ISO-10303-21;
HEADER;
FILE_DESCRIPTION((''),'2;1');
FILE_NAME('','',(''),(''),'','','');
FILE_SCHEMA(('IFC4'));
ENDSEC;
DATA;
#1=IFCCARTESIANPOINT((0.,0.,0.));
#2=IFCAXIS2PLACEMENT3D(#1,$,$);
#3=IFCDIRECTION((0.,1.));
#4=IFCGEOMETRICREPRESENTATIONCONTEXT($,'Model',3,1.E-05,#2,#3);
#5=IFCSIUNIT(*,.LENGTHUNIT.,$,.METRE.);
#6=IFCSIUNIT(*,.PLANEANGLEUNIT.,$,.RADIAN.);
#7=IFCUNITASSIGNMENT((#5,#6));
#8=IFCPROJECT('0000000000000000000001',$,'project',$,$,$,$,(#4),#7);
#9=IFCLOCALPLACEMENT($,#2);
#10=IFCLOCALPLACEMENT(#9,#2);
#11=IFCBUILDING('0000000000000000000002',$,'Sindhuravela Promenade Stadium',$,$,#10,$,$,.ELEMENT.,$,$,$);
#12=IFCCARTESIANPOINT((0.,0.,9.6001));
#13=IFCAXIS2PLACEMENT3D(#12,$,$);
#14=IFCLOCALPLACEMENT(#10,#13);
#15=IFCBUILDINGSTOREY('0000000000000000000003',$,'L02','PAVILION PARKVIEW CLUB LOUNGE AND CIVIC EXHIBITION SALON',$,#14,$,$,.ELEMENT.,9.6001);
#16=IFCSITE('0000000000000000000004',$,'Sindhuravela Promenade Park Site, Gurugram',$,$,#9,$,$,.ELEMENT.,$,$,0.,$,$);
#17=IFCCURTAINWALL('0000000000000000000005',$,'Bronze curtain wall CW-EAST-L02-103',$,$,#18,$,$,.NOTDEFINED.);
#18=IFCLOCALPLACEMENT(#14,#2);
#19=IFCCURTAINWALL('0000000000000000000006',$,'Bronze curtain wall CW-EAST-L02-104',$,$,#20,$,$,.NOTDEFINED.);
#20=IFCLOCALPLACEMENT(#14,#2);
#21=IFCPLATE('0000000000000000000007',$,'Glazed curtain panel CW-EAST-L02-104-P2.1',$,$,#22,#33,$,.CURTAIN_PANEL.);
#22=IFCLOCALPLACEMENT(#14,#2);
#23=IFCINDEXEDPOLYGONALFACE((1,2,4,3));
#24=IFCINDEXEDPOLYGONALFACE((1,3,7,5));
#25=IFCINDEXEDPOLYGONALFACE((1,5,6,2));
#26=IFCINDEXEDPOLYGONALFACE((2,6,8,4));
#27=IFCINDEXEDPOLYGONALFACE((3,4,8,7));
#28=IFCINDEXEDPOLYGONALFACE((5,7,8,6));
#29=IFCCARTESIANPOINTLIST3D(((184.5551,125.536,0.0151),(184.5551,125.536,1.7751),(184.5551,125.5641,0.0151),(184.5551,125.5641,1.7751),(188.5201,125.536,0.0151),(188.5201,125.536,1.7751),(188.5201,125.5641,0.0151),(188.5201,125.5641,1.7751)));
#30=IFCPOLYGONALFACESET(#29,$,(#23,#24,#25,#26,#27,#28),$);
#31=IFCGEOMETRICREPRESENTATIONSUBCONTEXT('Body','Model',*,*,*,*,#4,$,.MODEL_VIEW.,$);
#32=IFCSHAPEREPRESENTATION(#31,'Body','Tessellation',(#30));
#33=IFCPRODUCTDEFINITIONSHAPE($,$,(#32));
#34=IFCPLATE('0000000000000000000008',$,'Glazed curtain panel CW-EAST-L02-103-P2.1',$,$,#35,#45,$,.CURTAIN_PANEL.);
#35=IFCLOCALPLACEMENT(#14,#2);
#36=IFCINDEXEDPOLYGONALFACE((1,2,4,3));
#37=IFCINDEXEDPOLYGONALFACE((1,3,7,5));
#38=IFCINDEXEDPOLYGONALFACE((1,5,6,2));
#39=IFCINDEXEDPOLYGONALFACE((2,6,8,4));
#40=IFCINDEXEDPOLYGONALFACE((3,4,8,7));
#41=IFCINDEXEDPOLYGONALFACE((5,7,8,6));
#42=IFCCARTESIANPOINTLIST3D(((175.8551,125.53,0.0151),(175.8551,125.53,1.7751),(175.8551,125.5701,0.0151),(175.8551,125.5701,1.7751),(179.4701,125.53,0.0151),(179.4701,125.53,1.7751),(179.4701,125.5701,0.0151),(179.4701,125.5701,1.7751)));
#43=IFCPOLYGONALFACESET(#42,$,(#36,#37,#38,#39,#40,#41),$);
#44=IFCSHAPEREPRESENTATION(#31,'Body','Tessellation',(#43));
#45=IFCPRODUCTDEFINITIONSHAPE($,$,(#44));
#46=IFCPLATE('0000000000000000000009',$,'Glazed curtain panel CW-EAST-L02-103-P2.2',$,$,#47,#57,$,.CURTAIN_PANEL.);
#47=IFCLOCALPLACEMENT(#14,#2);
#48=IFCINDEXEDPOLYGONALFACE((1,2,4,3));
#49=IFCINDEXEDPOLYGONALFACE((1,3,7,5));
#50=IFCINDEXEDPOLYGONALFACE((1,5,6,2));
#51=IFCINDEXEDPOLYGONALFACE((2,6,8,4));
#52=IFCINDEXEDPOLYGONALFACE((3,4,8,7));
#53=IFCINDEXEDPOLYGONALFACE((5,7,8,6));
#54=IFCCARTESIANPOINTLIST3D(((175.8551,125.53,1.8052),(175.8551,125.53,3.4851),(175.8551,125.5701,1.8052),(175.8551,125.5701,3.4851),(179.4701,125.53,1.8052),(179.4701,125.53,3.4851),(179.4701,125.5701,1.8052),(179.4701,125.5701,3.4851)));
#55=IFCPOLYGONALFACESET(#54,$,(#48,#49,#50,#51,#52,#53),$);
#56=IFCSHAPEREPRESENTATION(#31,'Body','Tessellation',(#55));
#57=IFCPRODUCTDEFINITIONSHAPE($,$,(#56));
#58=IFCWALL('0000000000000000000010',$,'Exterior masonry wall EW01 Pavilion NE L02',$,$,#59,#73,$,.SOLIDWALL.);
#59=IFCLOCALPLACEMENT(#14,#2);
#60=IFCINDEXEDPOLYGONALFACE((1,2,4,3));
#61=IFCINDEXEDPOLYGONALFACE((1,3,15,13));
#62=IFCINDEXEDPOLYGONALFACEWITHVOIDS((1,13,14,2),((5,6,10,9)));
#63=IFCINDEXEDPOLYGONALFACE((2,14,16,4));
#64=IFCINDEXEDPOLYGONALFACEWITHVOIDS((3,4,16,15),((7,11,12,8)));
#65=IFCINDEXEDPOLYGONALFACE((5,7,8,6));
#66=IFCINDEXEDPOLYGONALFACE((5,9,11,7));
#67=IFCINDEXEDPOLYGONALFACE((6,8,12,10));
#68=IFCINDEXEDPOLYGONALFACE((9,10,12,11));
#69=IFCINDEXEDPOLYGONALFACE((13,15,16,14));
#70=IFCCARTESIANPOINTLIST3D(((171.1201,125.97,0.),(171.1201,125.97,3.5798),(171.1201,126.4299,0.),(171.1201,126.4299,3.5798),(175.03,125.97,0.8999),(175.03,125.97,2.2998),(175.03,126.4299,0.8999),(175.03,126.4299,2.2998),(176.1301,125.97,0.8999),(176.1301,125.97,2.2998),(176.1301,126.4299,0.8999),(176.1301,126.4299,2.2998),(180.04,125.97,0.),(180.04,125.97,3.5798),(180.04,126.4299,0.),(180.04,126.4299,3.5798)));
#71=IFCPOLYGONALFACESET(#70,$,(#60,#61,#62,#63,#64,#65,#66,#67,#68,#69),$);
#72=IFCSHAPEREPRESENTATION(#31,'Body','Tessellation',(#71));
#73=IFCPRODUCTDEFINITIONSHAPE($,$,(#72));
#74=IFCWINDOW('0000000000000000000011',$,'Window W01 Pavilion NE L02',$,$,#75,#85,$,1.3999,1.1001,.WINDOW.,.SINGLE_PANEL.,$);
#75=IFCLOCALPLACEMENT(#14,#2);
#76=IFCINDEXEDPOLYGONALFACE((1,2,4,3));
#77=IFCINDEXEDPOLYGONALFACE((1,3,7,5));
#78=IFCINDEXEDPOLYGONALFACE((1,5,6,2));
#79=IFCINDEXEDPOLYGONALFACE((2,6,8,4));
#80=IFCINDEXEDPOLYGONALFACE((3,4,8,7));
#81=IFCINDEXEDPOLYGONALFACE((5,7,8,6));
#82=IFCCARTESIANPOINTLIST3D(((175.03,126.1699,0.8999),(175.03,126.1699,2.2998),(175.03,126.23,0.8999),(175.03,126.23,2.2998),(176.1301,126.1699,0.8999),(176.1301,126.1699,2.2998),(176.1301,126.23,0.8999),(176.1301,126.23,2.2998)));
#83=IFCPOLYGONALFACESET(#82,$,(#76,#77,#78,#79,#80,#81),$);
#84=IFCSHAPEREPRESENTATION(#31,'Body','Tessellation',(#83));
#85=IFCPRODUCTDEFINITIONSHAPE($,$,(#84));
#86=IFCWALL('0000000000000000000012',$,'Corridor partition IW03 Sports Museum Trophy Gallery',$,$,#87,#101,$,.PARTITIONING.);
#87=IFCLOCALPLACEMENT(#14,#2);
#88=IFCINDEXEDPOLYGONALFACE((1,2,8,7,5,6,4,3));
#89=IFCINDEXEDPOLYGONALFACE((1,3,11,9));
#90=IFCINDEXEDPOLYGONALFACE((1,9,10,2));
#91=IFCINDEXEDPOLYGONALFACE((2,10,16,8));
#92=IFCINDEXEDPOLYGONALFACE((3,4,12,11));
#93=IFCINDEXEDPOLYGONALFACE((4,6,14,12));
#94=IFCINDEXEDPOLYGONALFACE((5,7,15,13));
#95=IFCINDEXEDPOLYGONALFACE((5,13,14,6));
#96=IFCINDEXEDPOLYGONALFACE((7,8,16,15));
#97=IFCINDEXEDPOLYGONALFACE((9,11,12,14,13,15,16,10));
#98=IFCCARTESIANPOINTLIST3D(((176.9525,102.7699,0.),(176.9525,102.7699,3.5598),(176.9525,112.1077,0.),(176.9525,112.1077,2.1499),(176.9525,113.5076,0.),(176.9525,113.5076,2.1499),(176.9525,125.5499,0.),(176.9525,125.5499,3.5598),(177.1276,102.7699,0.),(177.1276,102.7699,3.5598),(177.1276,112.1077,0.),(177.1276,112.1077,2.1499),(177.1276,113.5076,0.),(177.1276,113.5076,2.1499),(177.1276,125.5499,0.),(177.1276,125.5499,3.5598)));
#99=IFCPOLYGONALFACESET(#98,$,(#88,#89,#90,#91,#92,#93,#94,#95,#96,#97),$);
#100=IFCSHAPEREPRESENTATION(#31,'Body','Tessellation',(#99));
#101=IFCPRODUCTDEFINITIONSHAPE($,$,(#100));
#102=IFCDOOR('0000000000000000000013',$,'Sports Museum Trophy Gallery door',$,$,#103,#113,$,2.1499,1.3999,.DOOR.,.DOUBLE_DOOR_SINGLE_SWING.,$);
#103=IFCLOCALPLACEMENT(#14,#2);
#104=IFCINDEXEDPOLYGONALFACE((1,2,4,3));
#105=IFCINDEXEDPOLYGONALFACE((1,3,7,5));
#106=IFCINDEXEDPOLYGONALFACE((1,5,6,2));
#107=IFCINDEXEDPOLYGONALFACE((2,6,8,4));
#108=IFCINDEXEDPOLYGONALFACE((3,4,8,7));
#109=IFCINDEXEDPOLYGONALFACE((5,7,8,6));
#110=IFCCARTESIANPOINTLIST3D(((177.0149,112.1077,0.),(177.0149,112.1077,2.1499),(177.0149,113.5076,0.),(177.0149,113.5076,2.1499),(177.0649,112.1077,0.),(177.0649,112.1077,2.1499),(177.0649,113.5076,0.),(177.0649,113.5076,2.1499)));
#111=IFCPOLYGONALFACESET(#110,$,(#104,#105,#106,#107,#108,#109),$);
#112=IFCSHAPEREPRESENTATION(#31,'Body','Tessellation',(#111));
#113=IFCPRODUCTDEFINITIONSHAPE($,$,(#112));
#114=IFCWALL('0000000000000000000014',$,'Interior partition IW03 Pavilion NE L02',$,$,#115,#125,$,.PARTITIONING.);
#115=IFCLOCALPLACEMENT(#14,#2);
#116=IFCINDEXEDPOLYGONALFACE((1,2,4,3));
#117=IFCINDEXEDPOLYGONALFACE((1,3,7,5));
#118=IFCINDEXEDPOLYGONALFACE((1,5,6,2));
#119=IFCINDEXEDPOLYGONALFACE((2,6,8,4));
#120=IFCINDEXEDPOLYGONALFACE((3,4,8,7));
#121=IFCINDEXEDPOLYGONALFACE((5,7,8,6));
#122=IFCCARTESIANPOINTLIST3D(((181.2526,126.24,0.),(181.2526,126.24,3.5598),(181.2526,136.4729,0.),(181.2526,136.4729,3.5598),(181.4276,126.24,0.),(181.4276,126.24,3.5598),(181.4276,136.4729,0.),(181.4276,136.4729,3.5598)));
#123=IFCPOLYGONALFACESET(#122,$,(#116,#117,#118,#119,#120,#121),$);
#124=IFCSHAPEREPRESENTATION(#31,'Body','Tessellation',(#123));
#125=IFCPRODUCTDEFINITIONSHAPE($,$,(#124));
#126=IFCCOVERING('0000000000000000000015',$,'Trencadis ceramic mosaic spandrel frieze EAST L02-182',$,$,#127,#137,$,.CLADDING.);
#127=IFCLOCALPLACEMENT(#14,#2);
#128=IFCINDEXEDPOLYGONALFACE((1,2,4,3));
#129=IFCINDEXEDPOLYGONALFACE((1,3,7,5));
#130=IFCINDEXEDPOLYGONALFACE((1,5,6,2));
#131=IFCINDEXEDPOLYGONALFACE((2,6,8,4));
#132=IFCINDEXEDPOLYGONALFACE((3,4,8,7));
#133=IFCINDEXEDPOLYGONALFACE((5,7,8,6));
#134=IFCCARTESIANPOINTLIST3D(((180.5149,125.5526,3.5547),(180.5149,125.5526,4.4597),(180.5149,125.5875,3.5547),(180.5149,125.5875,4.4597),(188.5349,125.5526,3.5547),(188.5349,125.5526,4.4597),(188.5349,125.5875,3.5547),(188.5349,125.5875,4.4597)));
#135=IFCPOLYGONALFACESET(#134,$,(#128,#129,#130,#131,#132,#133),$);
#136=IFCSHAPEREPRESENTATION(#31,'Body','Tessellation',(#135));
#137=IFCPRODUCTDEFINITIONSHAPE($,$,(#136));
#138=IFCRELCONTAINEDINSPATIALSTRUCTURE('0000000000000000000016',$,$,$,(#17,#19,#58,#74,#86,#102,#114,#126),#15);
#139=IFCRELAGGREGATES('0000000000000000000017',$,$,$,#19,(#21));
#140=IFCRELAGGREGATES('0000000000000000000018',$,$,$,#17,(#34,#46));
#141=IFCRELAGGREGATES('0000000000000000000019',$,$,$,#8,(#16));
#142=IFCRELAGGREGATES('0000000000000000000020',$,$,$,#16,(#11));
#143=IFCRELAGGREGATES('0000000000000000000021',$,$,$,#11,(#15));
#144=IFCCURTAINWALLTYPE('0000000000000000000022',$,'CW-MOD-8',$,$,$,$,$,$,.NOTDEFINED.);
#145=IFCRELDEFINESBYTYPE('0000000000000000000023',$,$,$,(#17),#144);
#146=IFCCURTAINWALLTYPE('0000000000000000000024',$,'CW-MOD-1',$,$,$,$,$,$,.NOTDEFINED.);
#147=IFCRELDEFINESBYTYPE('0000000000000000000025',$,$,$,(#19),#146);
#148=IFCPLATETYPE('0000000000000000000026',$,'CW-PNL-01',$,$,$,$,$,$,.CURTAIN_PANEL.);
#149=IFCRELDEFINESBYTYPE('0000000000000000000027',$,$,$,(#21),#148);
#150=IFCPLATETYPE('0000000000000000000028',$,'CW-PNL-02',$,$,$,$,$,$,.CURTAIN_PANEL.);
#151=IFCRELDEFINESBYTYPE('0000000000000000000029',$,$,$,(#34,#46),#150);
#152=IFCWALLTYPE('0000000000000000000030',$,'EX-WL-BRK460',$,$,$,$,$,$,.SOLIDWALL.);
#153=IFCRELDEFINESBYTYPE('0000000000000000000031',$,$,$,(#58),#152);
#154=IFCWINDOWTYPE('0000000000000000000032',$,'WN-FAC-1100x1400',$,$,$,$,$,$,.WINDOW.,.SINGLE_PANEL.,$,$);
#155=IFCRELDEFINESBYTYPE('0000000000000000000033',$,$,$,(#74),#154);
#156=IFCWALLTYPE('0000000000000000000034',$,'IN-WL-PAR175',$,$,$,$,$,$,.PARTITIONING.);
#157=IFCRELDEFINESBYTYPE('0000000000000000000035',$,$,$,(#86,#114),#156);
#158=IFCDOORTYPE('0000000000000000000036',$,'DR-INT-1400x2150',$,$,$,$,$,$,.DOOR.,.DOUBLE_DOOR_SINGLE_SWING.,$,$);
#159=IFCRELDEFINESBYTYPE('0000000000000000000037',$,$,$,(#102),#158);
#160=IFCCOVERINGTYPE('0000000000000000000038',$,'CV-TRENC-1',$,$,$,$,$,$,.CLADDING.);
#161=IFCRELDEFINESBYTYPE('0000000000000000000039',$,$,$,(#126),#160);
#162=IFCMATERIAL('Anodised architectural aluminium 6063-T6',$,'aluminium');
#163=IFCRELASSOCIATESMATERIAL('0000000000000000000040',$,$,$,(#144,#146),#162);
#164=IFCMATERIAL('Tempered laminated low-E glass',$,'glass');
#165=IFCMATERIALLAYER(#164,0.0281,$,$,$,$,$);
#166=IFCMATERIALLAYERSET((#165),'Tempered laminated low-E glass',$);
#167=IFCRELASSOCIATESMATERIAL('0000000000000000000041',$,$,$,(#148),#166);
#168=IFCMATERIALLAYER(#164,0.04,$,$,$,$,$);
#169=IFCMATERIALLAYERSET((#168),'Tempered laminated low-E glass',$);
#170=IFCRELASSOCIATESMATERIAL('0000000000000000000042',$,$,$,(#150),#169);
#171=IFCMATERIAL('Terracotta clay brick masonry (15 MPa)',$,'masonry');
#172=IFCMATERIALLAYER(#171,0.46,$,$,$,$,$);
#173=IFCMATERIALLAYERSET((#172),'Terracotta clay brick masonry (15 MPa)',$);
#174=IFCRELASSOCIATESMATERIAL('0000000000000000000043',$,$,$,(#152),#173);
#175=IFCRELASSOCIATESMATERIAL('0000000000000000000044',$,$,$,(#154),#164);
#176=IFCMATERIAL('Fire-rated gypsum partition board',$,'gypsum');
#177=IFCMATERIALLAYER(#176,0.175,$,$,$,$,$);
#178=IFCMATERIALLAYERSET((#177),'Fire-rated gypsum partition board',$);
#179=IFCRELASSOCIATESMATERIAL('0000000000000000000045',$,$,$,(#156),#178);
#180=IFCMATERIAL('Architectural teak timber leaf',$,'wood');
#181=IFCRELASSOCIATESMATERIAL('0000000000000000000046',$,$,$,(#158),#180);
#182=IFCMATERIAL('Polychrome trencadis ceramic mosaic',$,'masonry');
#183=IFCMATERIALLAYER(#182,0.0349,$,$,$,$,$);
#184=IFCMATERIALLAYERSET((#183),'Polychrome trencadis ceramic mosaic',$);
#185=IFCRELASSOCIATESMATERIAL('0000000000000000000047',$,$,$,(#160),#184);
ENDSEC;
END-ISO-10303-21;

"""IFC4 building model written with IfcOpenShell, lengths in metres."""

from ifc_helpers import new_model, si_unit, direction, frame, frame_2d, origin, origin_2d, place, context, subcontext, project, spatial, rectangle, extrude, material, layer, layer_set, type_object, element, fill, aggregate, save


model = new_model("IFC4")

# Units and contexts
model_context = context("Model", 3, precision=1e-05, world=origin(), true_north=direction((0.0, 1.0)))
body_context = subcontext(model_context, "Body", "Model", "MODEL_VIEW")
ifc_project = project(units=[si_unit("LENGTHUNIT", "METRE"), si_unit("PLANEANGLEUNIT", "RADIAN")], contexts=[model_context])

# Site, building, storey
site_placement = place(None, origin())
site = spatial("IfcSite", under=ifc_project, at=site_placement, Name="Sindhuravela Promenade Park Site, Gurugram", CompositionType="ELEMENT", RefElevation=0.0)
building_placement = place(site_placement, origin())
building = spatial("IfcBuilding", under=site, at=building_placement, Name="Sindhuravela Promenade Stadium", CompositionType="ELEMENT")
storey_placement = place(building_placement, frame((0.0, 0.0, 9.6001)))
storey = spatial("IfcBuildingStorey", under=building, at=storey_placement, Name="L02", Description="PAVILION PARKVIEW CLUB LOUNGE AND CIVIC EXHIBITION SALON", CompositionType="ELEMENT", Elevation=9.6001)

# Curtain wall
ifc_material_1 = material(Name="Anodised architectural aluminium 6063-T6", Category="aluminium")
curtain_wall_type_1 = type_object("IfcCurtainWallType", Name="CW-MOD-8", PredefinedType="NOTDEFINED", material=ifc_material_1)
curtain_wall_1_placement = place(storey_placement, origin())
curtain_wall_1 = element("IfcCurtainWall", 1, at=curtain_wall_1_placement, inside=storey, type_object=curtain_wall_type_1, Name="Bronze curtain wall CW-EAST-L02-103", PredefinedType="NOTDEFINED")

# Curtain wall
curtain_wall_type_2 = type_object("IfcCurtainWallType", Name="CW-MOD-1", PredefinedType="NOTDEFINED", material=ifc_material_1)
curtain_wall_2_placement = place(storey_placement, origin())
curtain_wall_2 = element("IfcCurtainWall", 2, at=curtain_wall_2_placement, inside=storey, type_object=curtain_wall_type_2, Name="Bronze curtain wall CW-EAST-L02-104", PredefinedType="NOTDEFINED")

# Plates
ifc_material_2 = material(Name="Tempered laminated low-E glass", Category="glass")
ifc_layer_1 = layer(ifc_material_2, 0.0281)
ifc_layer_set_1 = layer_set([ifc_layer_1], Name="Tempered laminated low-E glass")
plate_type_1 = type_object("IfcPlateType", Name="CW-PNL-01", PredefinedType="CURTAIN_PANEL", material=ifc_layer_set_1)
plate_1_placement = place(storey_placement, frame((186.5376, 125.55, 0.0151), z_axis=(0.0, 0.0, 1.0), x_axis=(1.0, 0.0, 0.0)))
plate_1 = element("IfcPlate", 3, at=plate_1_placement, type_object=plate_type_1, Name="Glazed curtain panel CW-EAST-L02-104-P2.1", PredefinedType="CURTAIN_PANEL", context=body_context, shape_type="SweptSolid", body=[
    extrude(rectangle(XDim=3.9651, YDim=0.0281, at=origin_2d()), origin(), (0.0, 0.0, 1.0), 1.76),
])
aggregate(curtain_wall_2, [plate_1])
ifc_layer_2 = layer(ifc_material_2, 0.04)
ifc_layer_set_2 = layer_set([ifc_layer_2], Name="Tempered laminated low-E glass")
plate_type_2 = type_object("IfcPlateType", Name="CW-PNL-02", PredefinedType="CURTAIN_PANEL", material=ifc_layer_set_2)
plate_2_placement = place(storey_placement, frame((177.6626, 125.55, 0.0151), z_axis=(0.0, 0.0, 1.0), x_axis=(1.0, 0.0, 0.0)))
plate_2 = element("IfcPlate", 4, at=plate_2_placement, type_object=plate_type_2, Name="Glazed curtain panel CW-EAST-L02-103-P2.1", PredefinedType="CURTAIN_PANEL", context=body_context, shape_type="SweptSolid", body=[
    extrude(rectangle(XDim=3.615, YDim=0.04, at=origin_2d()), origin(), (0.0, 0.0, 1.0), 1.76),
])
plate_3_placement = place(storey_placement, frame((177.6626, 125.55, 1.8052), z_axis=(0.0, 0.0, 1.0), x_axis=(1.0, 0.0, 0.0)))
plate_3 = element("IfcPlate", 5, at=plate_3_placement, type_object=plate_type_2, Name="Glazed curtain panel CW-EAST-L02-103-P2.2", PredefinedType="CURTAIN_PANEL", context=body_context, shape_type="SweptSolid", body=[
    extrude(rectangle(XDim=3.615, YDim=0.04, at=origin_2d()), origin(), (0.0, 0.0, 1.0), 1.6799),
])
aggregate(curtain_wall_1, [plate_2, plate_3])

# Wall, opening, window
ifc_material_3 = material(Name="Terracotta clay brick masonry (15 MPa)", Category="masonry")
ifc_layer_3 = layer(ifc_material_3, 0.46)
ifc_layer_set_3 = layer_set([ifc_layer_3], Name="Terracotta clay brick masonry (15 MPa)")
wall_type_1 = type_object("IfcWallType", Name="EX-WL-BRK460", PredefinedType="SOLIDWALL", material=ifc_layer_set_3)
wall_1_placement = place(storey_placement, frame((180.04, 126.2, 0.0), z_axis=(0.0, 0.0, 1.0), x_axis=(-1.0, 0.0, 0.0)))
wall_1 = element("IfcWall", 6, at=wall_1_placement, inside=storey, type_object=wall_type_1, Name="Exterior masonry wall EW01 Pavilion NE L02", PredefinedType="SOLIDWALL", context=body_context, shape_type="SweptSolid", body=[
    extrude(rectangle(XDim=8.9199, YDim=0.46, at=frame_2d((4.46, 0.0))), origin(), (0.0, 0.0, 1.0), 3.5798),
])
opening_1_placement = place(wall_1_placement, frame((3.9099, 0.0, 0.8999)))
opening_1 = element("IfcOpeningElement", 7, at=opening_1_placement, cuts=wall_1, PredefinedType="OPENING", context=body_context, shape_type="SweptSolid", body=[
    extrude(rectangle(XDim=1.1001, YDim=1.3999, at=frame_2d((0.55, 0.7))), frame((0.0, 0.24, 0.0), z_axis=(0.0, -1.0, 0.0), x_axis=(1.0, 0.0, 0.0)), (0.0, 0.0, 1.0), 0.48),
])
window_type = type_object("IfcWindowType", Name="WN-FAC-1100x1400", PartitioningType="SINGLE_PANEL", PredefinedType="WINDOW", material=ifc_material_2)
window_placement = place(opening_1_placement, origin())
window = element("IfcWindow", 8, at=window_placement, inside=storey, type_object=window_type, Name="Window W01 Pavilion NE L02", OverallHeight=1.3999, OverallWidth=1.1001, PartitioningType="SINGLE_PANEL", PredefinedType="WINDOW", context=body_context, shape_type="SweptSolid", body=[
    extrude(rectangle(XDim=1.1001, YDim=1.3999, at=frame_2d((0.55, 0.7))), frame((0.0, 0.03, 0.0), z_axis=(0.0, -1.0, 0.0), x_axis=(1.0, 0.0, 0.0)), (0.0, 0.0, 1.0), 0.0601),
])
fill(opening_1, window)

# Wall, opening, door
ifc_material_4 = material(Name="Fire-rated gypsum partition board", Category="gypsum")
ifc_layer_4 = layer(ifc_material_4, 0.175)
ifc_layer_set_4 = layer_set([ifc_layer_4], Name="Fire-rated gypsum partition board")
wall_type_2 = type_object("IfcWallType", Name="IN-WL-PAR175", PredefinedType="PARTITIONING", material=ifc_layer_set_4)
wall_2_placement = place(storey_placement, frame((177.04, 125.55, 0.0), z_axis=(0.0, 0.0, 1.0), x_axis=(0.0, -1.0, 0.0)))
wall_2 = element("IfcWall", 9, at=wall_2_placement, inside=storey, type_object=wall_type_2, Name="Corridor partition IW03 Sports Museum Trophy Gallery", PredefinedType="PARTITIONING", context=body_context, shape_type="SweptSolid", body=[
    extrude(rectangle(XDim=22.78, YDim=0.175, at=frame_2d((11.3901, 0.0))), origin(), (0.0, 0.0, 1.0), 3.5598),
])
opening_2_placement = place(wall_2_placement, frame((12.0425, 0.0, 0.0)))
opening_2 = element("IfcOpeningElement", 10, at=opening_2_placement, cuts=wall_2, PredefinedType="OPENING", context=body_context, shape_type="SweptSolid", body=[
    extrude(rectangle(XDim=1.3999, YDim=2.1499, at=frame_2d((0.7, 1.075))), frame((0.0, 0.0974, 0.0), z_axis=(0.0, -1.0, 0.0), x_axis=(1.0, 0.0, 0.0)), (0.0, 0.0, 1.0), 0.1951),
])
ifc_material_5 = material(Name="Architectural teak timber leaf", Category="wood")
door_type = type_object("IfcDoorType", Name="DR-INT-1400x2150", OperationType="DOUBLE_DOOR_SINGLE_SWING", PredefinedType="DOOR", material=ifc_material_5)
door_placement = place(opening_2_placement, origin())
door = element("IfcDoor", 11, at=door_placement, inside=storey, type_object=door_type, Name="Sports Museum Trophy Gallery door", OperationType="DOUBLE_DOOR_SINGLE_SWING", OverallHeight=2.1499, OverallWidth=1.3999, PredefinedType="DOOR", context=body_context, shape_type="SweptSolid", body=[
    extrude(rectangle(XDim=1.3999, YDim=2.1499, at=frame_2d((0.7, 1.075))), frame((0.0, 0.0249, 0.0), z_axis=(0.0, -1.0, 0.0), x_axis=(1.0, 0.0, 0.0)), (0.0, 0.0, 1.0), 0.05),
])
fill(opening_2, door)

# Wall
wall_3_placement = place(storey_placement, frame((181.3401, 126.24, 0.0), z_axis=(0.0, 0.0, 1.0), x_axis=(0.0, 1.0, 0.0)))
element("IfcWall", 12, at=wall_3_placement, inside=storey, type_object=wall_type_2, Name="Interior partition IW03 Pavilion NE L02", PredefinedType="PARTITIONING", context=body_context, shape_type="SweptSolid", body=[
    extrude(rectangle(XDim=10.2329, YDim=0.175, at=frame_2d((5.1165, 0.0))), origin(), (0.0, 0.0, 1.0), 3.5598),
])

# Covering
ifc_material_6 = material(Name="Polychrome trencadis ceramic mosaic", Category="masonry")
ifc_layer_5 = layer(ifc_material_6, 0.0349)
ifc_layer_set_5 = layer_set([ifc_layer_5], Name="Polychrome trencadis ceramic mosaic")
covering_type = type_object("IfcCoveringType", Name="CV-TRENC-1", PredefinedType="CLADDING", material=ifc_layer_set_5)
covering_placement = place(storey_placement, frame((184.5249, 125.5701, 3.5547), z_axis=(0.0, 0.0, 1.0), x_axis=(1.0, 0.0, 0.0)))
element("IfcCovering", 13, at=covering_placement, inside=storey, type_object=covering_type, Name="Trencadis ceramic mosaic spandrel frieze EAST L02-182", PredefinedType="CLADDING", context=body_context, shape_type="SweptSolid", body=[
    extrude(rectangle(XDim=8.02, YDim=0.0349, at=origin_2d()), origin(), (0.0, 0.0, 1.0), 0.905),
])

save(model, "model.ifc")
